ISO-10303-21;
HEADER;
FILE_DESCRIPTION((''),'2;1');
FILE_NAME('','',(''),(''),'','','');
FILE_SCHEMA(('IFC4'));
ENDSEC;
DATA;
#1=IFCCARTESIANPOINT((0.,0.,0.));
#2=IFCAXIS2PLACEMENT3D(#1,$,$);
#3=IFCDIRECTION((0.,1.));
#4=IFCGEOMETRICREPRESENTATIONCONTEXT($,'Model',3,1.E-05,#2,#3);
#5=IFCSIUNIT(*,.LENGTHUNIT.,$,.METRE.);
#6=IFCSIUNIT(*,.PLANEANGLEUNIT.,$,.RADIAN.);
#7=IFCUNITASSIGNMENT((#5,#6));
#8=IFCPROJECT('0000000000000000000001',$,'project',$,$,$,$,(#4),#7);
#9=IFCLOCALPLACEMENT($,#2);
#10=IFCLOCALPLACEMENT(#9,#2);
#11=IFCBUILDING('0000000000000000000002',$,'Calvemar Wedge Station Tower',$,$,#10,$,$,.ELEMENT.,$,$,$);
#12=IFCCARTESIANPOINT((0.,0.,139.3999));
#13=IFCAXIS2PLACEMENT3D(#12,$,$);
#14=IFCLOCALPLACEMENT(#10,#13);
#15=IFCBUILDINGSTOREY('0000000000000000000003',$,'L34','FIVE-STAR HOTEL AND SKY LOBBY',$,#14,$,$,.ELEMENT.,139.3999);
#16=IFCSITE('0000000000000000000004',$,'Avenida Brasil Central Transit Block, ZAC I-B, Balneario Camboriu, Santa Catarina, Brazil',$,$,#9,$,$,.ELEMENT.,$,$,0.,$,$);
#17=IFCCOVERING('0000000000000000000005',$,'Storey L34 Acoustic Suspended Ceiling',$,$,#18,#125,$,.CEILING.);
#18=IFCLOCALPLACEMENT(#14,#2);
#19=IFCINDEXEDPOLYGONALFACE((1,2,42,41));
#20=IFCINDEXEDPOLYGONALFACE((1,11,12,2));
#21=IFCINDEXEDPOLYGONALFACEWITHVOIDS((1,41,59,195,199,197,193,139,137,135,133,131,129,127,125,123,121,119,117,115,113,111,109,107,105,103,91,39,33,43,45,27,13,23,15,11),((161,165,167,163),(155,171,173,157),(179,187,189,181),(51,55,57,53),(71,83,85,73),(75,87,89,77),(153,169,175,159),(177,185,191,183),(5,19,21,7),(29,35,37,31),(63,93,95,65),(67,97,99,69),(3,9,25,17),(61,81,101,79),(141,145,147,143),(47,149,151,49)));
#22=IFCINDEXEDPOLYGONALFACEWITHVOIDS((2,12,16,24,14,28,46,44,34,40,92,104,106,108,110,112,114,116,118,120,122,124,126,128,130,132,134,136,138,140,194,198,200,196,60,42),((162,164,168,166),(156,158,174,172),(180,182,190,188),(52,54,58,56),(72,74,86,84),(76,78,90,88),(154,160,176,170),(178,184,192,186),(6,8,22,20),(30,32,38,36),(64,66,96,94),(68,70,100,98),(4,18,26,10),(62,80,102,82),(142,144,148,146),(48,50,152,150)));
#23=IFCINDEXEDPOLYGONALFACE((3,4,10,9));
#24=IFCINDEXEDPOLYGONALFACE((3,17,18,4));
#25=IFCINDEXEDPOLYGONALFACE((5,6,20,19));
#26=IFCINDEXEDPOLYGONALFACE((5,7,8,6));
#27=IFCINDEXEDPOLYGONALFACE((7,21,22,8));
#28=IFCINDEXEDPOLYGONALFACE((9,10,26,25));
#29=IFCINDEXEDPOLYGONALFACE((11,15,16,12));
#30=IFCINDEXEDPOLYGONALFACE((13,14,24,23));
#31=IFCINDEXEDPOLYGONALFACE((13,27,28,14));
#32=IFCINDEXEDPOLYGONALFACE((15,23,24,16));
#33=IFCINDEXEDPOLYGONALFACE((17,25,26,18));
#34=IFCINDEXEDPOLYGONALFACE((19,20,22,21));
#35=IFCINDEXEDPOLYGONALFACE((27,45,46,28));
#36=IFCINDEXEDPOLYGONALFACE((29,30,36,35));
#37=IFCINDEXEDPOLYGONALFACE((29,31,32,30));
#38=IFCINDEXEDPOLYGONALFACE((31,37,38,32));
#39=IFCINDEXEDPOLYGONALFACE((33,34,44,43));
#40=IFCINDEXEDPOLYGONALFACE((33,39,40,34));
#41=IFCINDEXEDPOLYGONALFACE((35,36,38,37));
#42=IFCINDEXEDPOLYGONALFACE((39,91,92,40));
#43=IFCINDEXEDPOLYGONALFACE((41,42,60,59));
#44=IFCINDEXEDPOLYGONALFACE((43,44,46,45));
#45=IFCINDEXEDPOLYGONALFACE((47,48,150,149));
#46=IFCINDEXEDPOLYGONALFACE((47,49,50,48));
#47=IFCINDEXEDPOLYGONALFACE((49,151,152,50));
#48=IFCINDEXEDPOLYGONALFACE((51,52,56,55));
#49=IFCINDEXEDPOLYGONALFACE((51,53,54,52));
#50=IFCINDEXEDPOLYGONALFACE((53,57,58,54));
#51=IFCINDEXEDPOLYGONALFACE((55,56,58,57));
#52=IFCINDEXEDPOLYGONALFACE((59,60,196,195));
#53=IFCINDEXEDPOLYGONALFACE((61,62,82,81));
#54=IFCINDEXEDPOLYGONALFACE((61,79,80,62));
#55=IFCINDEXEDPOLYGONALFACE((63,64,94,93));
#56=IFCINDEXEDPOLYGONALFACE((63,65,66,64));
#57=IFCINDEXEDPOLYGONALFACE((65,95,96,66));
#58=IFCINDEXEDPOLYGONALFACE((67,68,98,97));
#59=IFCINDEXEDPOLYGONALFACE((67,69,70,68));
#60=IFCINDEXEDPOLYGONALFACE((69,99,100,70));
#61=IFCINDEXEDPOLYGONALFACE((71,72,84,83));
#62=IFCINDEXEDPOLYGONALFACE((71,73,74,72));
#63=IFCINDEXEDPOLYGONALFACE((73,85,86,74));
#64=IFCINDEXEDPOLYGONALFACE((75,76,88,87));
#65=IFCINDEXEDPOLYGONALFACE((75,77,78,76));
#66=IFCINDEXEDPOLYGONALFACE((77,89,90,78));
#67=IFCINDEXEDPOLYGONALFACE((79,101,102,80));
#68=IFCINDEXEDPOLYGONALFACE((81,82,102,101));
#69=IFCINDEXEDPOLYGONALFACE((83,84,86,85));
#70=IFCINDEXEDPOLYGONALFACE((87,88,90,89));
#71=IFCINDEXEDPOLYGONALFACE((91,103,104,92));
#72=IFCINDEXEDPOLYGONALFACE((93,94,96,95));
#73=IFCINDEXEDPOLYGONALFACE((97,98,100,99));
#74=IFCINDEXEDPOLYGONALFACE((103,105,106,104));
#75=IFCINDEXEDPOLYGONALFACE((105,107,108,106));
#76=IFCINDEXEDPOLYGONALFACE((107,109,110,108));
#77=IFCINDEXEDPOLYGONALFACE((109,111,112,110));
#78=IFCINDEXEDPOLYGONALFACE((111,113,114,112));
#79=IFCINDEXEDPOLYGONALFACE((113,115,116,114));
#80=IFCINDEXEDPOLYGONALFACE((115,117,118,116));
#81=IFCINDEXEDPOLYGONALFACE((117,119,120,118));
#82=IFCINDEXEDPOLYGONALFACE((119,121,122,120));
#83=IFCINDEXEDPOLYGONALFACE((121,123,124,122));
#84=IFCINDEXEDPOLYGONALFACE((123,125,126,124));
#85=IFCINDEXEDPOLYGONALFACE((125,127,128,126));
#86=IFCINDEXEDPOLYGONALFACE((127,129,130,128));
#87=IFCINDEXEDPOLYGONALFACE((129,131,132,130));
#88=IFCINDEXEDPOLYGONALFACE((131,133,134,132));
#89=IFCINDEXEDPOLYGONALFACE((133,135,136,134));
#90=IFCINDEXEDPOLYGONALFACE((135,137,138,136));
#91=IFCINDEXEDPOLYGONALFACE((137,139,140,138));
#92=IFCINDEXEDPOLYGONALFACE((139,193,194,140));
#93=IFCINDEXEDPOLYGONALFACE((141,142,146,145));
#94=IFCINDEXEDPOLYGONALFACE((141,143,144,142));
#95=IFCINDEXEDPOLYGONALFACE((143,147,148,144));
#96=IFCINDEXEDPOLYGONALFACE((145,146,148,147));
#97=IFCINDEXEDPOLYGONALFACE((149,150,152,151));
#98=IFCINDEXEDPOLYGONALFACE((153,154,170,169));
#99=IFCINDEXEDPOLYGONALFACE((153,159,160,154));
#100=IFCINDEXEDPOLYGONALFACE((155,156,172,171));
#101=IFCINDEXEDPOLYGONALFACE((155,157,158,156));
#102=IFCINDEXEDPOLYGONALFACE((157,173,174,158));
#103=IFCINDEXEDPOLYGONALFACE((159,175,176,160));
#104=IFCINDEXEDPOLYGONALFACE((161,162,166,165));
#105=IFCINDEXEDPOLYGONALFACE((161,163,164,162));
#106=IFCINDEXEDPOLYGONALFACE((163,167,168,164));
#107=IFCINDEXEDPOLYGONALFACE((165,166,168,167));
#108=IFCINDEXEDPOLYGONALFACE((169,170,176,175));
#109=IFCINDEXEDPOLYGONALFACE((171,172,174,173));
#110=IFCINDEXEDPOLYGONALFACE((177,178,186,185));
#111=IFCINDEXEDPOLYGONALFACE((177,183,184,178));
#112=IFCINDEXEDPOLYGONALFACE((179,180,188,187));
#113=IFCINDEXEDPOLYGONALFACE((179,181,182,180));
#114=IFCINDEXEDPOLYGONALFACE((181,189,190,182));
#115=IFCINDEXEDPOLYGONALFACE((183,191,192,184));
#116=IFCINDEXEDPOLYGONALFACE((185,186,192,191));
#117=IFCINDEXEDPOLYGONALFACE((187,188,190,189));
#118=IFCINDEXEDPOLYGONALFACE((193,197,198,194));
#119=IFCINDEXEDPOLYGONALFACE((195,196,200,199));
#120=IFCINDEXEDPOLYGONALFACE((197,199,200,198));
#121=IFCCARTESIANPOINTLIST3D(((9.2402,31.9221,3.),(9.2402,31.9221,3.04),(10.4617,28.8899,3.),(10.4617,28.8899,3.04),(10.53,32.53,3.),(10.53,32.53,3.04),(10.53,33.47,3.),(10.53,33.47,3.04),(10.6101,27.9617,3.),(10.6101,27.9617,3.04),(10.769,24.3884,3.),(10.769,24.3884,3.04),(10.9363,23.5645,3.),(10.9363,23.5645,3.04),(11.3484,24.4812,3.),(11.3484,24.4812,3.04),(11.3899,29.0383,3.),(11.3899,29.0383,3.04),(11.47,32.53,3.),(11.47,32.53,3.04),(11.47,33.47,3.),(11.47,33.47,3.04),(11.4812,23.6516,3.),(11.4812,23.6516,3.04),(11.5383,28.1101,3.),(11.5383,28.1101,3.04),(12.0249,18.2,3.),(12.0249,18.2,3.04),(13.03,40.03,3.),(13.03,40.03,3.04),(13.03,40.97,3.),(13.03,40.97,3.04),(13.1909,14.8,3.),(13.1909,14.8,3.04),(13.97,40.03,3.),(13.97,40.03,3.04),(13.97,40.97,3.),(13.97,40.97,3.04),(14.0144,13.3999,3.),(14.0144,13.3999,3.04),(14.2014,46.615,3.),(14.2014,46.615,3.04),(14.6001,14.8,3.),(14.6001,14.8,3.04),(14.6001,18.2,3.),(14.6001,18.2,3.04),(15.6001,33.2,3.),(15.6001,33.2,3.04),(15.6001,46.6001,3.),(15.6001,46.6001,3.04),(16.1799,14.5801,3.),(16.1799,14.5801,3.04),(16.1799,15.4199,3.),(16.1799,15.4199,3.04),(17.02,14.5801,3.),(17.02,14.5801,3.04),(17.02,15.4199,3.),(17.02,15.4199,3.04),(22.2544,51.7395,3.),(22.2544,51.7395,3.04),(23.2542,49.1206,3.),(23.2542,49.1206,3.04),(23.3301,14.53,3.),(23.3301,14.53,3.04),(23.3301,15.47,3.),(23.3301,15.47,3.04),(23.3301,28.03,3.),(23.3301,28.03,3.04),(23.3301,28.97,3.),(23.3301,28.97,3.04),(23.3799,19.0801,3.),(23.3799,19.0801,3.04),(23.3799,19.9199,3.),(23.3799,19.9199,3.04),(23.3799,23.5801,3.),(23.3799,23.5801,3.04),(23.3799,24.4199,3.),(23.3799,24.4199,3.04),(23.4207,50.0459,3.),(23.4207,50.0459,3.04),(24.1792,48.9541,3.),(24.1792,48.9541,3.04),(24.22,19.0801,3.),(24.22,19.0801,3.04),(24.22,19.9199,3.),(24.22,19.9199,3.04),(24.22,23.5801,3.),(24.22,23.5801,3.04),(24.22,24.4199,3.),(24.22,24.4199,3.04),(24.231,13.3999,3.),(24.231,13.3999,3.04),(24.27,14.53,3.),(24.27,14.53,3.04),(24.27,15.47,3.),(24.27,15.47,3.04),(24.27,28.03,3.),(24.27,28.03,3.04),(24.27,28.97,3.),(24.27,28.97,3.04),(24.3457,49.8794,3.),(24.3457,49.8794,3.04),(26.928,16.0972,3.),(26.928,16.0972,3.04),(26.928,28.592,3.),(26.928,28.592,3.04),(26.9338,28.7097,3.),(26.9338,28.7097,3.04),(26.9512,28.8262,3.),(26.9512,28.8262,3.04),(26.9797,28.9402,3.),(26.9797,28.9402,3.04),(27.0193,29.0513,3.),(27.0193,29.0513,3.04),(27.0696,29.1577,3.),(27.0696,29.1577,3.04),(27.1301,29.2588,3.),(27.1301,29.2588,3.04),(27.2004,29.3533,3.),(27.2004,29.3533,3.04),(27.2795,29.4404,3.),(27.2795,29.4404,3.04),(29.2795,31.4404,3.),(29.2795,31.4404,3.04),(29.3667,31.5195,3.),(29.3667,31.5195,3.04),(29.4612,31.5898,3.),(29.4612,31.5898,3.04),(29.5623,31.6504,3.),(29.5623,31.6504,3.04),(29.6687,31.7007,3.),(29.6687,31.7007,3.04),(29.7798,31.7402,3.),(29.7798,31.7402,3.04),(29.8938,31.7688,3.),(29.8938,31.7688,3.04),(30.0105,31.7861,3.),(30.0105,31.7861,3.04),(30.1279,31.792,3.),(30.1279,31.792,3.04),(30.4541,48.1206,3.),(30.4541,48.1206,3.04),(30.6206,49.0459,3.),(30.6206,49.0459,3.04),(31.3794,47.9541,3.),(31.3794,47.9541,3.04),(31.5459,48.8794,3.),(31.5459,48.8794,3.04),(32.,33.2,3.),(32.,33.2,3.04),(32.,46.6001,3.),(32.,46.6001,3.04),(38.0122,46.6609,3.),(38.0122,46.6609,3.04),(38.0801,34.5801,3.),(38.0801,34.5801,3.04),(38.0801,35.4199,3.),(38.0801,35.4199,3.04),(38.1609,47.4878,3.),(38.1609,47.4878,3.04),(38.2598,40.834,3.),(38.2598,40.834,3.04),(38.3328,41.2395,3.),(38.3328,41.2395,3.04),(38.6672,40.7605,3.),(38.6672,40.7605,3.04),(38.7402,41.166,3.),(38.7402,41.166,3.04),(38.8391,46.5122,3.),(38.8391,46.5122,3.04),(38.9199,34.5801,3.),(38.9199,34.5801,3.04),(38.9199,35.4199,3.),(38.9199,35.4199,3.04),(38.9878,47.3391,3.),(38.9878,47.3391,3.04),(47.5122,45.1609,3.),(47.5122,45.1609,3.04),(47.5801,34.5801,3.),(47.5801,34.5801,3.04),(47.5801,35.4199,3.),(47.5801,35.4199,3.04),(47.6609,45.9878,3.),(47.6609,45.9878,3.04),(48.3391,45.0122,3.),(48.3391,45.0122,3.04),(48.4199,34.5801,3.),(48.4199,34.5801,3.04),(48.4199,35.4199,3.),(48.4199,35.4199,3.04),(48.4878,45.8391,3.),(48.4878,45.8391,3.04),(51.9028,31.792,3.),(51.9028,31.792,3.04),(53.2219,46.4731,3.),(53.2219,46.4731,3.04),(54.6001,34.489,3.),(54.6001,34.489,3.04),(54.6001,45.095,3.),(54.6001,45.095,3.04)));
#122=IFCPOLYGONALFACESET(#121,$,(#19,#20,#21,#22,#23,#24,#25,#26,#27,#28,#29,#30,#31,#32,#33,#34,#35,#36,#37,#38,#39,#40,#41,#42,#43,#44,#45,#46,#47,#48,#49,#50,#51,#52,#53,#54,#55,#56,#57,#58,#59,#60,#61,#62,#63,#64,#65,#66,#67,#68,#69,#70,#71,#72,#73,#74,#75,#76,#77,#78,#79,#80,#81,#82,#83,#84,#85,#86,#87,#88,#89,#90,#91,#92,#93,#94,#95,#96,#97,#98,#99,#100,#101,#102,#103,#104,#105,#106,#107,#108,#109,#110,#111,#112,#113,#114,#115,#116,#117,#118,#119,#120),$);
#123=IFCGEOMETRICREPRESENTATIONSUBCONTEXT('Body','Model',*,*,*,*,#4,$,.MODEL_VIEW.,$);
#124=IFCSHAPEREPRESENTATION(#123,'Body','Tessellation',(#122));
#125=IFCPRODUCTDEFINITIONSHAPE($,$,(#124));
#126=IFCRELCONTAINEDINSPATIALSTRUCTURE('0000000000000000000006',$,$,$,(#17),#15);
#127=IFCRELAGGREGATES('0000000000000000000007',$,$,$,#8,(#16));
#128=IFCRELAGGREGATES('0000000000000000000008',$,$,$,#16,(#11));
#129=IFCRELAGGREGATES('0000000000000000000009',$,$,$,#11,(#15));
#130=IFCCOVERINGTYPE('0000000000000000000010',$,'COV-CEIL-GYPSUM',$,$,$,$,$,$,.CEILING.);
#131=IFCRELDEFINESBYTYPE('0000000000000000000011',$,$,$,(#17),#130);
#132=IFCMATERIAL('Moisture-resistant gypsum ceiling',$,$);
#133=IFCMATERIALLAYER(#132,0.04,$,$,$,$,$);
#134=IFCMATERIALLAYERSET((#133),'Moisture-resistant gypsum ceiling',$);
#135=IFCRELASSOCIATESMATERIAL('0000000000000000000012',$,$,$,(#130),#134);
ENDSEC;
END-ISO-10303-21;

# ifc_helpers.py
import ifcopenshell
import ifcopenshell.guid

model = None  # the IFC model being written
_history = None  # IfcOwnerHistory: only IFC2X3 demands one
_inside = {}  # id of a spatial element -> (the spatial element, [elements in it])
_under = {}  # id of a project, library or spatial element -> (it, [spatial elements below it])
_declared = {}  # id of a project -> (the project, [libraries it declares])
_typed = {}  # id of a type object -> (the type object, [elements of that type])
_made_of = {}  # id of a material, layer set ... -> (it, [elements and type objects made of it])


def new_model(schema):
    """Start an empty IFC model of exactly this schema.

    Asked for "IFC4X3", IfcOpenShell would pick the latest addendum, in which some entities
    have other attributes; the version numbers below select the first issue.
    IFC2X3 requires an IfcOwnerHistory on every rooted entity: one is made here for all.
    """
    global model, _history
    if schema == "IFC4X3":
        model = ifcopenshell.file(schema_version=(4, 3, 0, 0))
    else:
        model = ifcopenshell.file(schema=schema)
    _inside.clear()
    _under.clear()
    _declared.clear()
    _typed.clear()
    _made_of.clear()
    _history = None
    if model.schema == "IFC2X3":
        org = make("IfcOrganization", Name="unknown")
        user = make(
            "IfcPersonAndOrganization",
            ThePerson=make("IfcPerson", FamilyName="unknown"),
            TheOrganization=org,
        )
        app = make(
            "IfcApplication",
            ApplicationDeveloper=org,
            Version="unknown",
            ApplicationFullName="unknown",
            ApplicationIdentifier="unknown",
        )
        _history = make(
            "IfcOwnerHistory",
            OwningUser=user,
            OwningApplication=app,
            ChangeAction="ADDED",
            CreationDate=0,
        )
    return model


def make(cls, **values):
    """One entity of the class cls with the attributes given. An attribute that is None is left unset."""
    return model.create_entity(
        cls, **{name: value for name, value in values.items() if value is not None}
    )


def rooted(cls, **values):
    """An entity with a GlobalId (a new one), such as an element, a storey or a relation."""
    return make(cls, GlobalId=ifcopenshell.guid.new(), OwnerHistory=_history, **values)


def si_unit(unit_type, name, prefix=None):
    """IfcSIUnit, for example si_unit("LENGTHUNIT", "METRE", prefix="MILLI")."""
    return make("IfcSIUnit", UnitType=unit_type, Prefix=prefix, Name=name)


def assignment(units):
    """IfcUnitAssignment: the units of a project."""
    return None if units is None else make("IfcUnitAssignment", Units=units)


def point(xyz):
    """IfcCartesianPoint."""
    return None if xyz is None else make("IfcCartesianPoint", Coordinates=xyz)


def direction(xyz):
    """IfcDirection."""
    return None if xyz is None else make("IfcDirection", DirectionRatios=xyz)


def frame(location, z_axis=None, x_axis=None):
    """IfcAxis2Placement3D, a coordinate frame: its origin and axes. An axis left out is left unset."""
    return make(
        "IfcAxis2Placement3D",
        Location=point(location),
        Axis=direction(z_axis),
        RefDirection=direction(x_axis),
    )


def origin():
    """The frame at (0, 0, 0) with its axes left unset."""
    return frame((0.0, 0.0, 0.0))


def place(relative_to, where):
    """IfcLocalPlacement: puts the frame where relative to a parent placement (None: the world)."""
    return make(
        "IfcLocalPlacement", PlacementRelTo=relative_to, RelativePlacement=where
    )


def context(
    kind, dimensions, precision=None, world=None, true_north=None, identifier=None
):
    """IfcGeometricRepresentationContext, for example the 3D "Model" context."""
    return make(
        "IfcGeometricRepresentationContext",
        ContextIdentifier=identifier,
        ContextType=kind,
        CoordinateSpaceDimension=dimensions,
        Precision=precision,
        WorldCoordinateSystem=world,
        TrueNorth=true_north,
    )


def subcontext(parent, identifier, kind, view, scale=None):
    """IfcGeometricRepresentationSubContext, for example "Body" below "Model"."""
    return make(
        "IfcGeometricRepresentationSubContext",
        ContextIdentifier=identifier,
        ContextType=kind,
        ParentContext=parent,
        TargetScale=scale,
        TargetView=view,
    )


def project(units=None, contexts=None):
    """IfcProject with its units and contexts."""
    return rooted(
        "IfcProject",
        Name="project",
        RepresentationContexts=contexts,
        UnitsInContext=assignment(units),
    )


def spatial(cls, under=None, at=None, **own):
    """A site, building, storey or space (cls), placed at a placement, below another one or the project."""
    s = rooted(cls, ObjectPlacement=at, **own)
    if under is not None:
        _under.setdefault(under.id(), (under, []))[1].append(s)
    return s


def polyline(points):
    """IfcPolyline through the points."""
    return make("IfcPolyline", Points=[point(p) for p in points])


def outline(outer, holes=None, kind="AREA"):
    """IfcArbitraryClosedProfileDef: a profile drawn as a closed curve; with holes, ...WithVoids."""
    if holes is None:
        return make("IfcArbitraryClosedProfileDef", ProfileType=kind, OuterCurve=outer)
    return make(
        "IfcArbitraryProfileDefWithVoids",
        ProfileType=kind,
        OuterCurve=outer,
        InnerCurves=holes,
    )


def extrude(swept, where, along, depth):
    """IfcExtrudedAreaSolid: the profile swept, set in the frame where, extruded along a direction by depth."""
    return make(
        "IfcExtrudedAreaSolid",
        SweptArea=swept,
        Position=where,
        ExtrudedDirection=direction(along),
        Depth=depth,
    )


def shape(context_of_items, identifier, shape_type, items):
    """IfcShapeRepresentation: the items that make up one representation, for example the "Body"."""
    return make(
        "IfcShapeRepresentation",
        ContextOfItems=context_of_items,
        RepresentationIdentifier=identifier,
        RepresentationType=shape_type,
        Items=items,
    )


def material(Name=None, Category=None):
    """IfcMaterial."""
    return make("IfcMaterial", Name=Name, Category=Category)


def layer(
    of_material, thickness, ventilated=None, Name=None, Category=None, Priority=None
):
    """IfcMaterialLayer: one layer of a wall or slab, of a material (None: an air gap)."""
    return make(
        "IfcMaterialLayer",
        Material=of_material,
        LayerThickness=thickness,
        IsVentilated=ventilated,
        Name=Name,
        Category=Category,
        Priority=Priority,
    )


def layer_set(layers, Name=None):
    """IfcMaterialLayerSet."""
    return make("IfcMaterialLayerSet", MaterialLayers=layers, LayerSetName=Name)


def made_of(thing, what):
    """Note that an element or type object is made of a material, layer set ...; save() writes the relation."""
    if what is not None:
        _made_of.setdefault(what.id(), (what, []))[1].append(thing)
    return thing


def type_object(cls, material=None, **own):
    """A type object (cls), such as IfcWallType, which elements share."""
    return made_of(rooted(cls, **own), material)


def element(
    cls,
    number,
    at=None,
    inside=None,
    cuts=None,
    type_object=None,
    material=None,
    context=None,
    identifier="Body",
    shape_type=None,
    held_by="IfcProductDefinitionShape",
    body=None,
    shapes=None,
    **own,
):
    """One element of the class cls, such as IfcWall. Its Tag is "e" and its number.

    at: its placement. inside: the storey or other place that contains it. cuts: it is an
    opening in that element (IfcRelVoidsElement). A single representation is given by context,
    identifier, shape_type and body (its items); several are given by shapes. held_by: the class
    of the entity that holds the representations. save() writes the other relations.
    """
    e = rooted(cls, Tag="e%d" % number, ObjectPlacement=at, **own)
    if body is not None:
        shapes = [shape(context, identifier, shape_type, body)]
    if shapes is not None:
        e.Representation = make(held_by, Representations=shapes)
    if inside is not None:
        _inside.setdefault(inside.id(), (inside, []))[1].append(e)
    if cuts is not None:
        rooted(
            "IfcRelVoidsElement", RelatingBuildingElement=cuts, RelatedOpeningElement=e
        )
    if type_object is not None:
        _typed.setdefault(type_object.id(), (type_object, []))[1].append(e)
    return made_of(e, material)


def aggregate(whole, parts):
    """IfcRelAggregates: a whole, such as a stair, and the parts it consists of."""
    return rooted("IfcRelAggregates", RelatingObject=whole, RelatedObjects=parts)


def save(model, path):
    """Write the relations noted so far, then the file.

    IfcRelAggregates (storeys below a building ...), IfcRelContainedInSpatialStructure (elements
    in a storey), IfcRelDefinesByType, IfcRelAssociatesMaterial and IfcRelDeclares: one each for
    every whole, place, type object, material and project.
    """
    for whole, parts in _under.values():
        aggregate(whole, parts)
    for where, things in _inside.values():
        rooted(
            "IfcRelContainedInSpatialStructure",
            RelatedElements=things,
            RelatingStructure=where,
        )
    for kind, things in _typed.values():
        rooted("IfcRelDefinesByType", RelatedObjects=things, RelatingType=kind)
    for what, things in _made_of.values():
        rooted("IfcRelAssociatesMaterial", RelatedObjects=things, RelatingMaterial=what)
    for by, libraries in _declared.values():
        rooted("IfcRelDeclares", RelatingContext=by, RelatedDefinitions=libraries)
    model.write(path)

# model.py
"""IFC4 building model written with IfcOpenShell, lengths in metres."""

from ifc_helpers import new_model, si_unit, direction, frame, origin, place, context, subcontext, project, spatial, polyline, outline, extrude, material, layer, layer_set, type_object, element, save


model = new_model("IFC4")

# Units and contexts
model_context = context("Model", 3, precision=1e-05, world=origin(), true_north=direction((0.0, 1.0)))
body_context = subcontext(model_context, "Body", "Model", "MODEL_VIEW")
ifc_project = project(units=[si_unit("LENGTHUNIT", "METRE"), si_unit("PLANEANGLEUNIT", "RADIAN")], contexts=[model_context])

# Site, building, storey
site_placement = place(None, origin())
site = spatial("IfcSite", under=ifc_project, at=site_placement, Name="Avenida Brasil Central Transit Block, ZAC I-B, Balneario Camboriu, Santa Catarina, Brazil", CompositionType="ELEMENT", RefElevation=0.0)
building_placement = place(site_placement, origin())
building = spatial("IfcBuilding", under=site, at=building_placement, Name="Calvemar Wedge Station Tower", CompositionType="ELEMENT")
storey_placement = place(building_placement, frame((0.0, 0.0, 139.3999)))
storey = spatial("IfcBuildingStorey", under=building, at=storey_placement, Name="L34", Description="FIVE-STAR HOTEL AND SKY LOBBY", CompositionType="ELEMENT", Elevation=139.3999)

# Covering
ifc_material_1 = material(Name="Moisture-resistant gypsum ceiling")
ifc_layer_1 = layer(ifc_material_1, 0.04)
ifc_layer_set_1 = layer_set([ifc_layer_1], Name="Moisture-resistant gypsum ceiling")
covering_type_1 = type_object("IfcCoveringType", Name="COV-CEIL-GYPSUM", PredefinedType="CEILING", material=ifc_layer_set_1)
covering_1_placement = place(storey_placement, frame((0.0, 0.0, 3.0)))
element("IfcCovering", 1, at=covering_1_placement, inside=storey, type_object=covering_type_1, Name="Storey L34 Acoustic Suspended Ceiling", PredefinedType="CEILING", context=body_context, shape_type="SweptSolid", body=[
    extrude(outline(polyline([(27.2795, 29.4404), (29.2795, 31.4404), (29.3667, 31.5195), (29.4612, 31.5898), (29.5623, 31.6504), (29.6687, 31.7007), (29.7798, 31.7402), (29.8938, 31.7688), (30.0105, 31.7861), (30.1279, 31.792), (51.9028, 31.792), (54.6001, 34.489), (54.6001, 45.095), (53.2219, 46.4731), (22.2544, 51.7395), (14.2014, 46.615), (9.2402, 31.9221), (10.769, 24.3884), (11.3484, 24.4812), (11.4812, 23.6516), (10.9363, 23.5645), (12.0249, 18.2), (14.6001, 18.2), (14.6001, 14.8), (13.1909, 14.8), (14.0144, 13.3999), (24.231, 13.3999), (26.928, 16.0972), (26.928, 28.592), (26.9338, 28.7097), (26.9512, 28.8262), (26.9797, 28.9402), (27.0193, 29.0513), (27.0696, 29.1577), (27.1301, 29.2588), (27.2004, 29.3533), (27.2795, 29.4404)]), holes=[polyline([(15.6001, 46.6001), (32.0, 46.6001), (32.0, 33.2), (15.6001, 33.2), (15.6001, 46.6001)]), polyline([(10.53, 32.53), (10.53, 33.47), (11.47, 33.47), (11.47, 32.53), (10.53, 32.53)]), polyline([(13.03, 40.97), (13.97, 40.97), (13.97, 40.03), (13.03, 40.03), (13.03, 40.97)]), polyline([(24.3457, 49.8794), (24.1792, 48.9541), (23.2542, 49.1206), (23.4207, 50.0459), (24.3457, 49.8794)]), polyline([(31.3794, 47.9541), (30.4541, 48.1206), (30.6206, 49.0459), (31.5459, 48.8794), (31.3794, 47.9541)]), polyline([(38.0122, 46.6609), (38.1609, 47.4878), (38.9878, 47.3391), (38.8391, 46.5122), (38.0122, 46.6609)]), polyline([(47.6609, 45.9878), (48.4878, 45.8391), (48.3391, 45.0122), (47.5122, 45.1609), (47.6609, 45.9878)]), polyline([(38.9199, 35.4199), (38.9199, 34.5801), (38.0801, 34.5801), (38.0801, 35.4199), (38.9199, 35.4199)]), polyline([(48.4199, 34.5801), (47.5801, 34.5801), (47.5801, 35.4199), (48.4199, 35.4199), (48.4199, 34.5801)]), polyline([(38.2598, 40.834), (38.3328, 41.2395), (38.7402, 41.166), (38.6672, 40.7605), (38.2598, 40.834)]), polyline([(11.3899, 29.0383), (11.5383, 28.1101), (10.6101, 27.9617), (10.4617, 28.8899), (11.3899, 29.0383)]), polyline([(24.27, 28.03), (23.3301, 28.03), (23.3301, 28.97), (24.27, 28.97), (24.27, 28.03)]), polyline([(23.3799, 23.5801), (23.3799, 24.4199), (24.22, 24.4199), (24.22, 23.5801), (23.3799, 23.5801)]), polyline([(23.3799, 19.9199), (24.22, 19.9199), (24.22, 19.0801), (23.3799, 19.0801), (23.3799, 19.9199)]), polyline([(24.27, 15.47), (24.27, 14.53), (23.3301, 14.53), (23.3301, 15.47), (24.27, 15.47)]), polyline([(17.02, 14.5801), (16.1799, 14.5801), (16.1799, 15.4199), (17.02, 15.4199), (17.02, 14.5801)])]), origin(), (0.0, 0.0, 1.0), 0.04),
])

save(model, "model.ifc")
